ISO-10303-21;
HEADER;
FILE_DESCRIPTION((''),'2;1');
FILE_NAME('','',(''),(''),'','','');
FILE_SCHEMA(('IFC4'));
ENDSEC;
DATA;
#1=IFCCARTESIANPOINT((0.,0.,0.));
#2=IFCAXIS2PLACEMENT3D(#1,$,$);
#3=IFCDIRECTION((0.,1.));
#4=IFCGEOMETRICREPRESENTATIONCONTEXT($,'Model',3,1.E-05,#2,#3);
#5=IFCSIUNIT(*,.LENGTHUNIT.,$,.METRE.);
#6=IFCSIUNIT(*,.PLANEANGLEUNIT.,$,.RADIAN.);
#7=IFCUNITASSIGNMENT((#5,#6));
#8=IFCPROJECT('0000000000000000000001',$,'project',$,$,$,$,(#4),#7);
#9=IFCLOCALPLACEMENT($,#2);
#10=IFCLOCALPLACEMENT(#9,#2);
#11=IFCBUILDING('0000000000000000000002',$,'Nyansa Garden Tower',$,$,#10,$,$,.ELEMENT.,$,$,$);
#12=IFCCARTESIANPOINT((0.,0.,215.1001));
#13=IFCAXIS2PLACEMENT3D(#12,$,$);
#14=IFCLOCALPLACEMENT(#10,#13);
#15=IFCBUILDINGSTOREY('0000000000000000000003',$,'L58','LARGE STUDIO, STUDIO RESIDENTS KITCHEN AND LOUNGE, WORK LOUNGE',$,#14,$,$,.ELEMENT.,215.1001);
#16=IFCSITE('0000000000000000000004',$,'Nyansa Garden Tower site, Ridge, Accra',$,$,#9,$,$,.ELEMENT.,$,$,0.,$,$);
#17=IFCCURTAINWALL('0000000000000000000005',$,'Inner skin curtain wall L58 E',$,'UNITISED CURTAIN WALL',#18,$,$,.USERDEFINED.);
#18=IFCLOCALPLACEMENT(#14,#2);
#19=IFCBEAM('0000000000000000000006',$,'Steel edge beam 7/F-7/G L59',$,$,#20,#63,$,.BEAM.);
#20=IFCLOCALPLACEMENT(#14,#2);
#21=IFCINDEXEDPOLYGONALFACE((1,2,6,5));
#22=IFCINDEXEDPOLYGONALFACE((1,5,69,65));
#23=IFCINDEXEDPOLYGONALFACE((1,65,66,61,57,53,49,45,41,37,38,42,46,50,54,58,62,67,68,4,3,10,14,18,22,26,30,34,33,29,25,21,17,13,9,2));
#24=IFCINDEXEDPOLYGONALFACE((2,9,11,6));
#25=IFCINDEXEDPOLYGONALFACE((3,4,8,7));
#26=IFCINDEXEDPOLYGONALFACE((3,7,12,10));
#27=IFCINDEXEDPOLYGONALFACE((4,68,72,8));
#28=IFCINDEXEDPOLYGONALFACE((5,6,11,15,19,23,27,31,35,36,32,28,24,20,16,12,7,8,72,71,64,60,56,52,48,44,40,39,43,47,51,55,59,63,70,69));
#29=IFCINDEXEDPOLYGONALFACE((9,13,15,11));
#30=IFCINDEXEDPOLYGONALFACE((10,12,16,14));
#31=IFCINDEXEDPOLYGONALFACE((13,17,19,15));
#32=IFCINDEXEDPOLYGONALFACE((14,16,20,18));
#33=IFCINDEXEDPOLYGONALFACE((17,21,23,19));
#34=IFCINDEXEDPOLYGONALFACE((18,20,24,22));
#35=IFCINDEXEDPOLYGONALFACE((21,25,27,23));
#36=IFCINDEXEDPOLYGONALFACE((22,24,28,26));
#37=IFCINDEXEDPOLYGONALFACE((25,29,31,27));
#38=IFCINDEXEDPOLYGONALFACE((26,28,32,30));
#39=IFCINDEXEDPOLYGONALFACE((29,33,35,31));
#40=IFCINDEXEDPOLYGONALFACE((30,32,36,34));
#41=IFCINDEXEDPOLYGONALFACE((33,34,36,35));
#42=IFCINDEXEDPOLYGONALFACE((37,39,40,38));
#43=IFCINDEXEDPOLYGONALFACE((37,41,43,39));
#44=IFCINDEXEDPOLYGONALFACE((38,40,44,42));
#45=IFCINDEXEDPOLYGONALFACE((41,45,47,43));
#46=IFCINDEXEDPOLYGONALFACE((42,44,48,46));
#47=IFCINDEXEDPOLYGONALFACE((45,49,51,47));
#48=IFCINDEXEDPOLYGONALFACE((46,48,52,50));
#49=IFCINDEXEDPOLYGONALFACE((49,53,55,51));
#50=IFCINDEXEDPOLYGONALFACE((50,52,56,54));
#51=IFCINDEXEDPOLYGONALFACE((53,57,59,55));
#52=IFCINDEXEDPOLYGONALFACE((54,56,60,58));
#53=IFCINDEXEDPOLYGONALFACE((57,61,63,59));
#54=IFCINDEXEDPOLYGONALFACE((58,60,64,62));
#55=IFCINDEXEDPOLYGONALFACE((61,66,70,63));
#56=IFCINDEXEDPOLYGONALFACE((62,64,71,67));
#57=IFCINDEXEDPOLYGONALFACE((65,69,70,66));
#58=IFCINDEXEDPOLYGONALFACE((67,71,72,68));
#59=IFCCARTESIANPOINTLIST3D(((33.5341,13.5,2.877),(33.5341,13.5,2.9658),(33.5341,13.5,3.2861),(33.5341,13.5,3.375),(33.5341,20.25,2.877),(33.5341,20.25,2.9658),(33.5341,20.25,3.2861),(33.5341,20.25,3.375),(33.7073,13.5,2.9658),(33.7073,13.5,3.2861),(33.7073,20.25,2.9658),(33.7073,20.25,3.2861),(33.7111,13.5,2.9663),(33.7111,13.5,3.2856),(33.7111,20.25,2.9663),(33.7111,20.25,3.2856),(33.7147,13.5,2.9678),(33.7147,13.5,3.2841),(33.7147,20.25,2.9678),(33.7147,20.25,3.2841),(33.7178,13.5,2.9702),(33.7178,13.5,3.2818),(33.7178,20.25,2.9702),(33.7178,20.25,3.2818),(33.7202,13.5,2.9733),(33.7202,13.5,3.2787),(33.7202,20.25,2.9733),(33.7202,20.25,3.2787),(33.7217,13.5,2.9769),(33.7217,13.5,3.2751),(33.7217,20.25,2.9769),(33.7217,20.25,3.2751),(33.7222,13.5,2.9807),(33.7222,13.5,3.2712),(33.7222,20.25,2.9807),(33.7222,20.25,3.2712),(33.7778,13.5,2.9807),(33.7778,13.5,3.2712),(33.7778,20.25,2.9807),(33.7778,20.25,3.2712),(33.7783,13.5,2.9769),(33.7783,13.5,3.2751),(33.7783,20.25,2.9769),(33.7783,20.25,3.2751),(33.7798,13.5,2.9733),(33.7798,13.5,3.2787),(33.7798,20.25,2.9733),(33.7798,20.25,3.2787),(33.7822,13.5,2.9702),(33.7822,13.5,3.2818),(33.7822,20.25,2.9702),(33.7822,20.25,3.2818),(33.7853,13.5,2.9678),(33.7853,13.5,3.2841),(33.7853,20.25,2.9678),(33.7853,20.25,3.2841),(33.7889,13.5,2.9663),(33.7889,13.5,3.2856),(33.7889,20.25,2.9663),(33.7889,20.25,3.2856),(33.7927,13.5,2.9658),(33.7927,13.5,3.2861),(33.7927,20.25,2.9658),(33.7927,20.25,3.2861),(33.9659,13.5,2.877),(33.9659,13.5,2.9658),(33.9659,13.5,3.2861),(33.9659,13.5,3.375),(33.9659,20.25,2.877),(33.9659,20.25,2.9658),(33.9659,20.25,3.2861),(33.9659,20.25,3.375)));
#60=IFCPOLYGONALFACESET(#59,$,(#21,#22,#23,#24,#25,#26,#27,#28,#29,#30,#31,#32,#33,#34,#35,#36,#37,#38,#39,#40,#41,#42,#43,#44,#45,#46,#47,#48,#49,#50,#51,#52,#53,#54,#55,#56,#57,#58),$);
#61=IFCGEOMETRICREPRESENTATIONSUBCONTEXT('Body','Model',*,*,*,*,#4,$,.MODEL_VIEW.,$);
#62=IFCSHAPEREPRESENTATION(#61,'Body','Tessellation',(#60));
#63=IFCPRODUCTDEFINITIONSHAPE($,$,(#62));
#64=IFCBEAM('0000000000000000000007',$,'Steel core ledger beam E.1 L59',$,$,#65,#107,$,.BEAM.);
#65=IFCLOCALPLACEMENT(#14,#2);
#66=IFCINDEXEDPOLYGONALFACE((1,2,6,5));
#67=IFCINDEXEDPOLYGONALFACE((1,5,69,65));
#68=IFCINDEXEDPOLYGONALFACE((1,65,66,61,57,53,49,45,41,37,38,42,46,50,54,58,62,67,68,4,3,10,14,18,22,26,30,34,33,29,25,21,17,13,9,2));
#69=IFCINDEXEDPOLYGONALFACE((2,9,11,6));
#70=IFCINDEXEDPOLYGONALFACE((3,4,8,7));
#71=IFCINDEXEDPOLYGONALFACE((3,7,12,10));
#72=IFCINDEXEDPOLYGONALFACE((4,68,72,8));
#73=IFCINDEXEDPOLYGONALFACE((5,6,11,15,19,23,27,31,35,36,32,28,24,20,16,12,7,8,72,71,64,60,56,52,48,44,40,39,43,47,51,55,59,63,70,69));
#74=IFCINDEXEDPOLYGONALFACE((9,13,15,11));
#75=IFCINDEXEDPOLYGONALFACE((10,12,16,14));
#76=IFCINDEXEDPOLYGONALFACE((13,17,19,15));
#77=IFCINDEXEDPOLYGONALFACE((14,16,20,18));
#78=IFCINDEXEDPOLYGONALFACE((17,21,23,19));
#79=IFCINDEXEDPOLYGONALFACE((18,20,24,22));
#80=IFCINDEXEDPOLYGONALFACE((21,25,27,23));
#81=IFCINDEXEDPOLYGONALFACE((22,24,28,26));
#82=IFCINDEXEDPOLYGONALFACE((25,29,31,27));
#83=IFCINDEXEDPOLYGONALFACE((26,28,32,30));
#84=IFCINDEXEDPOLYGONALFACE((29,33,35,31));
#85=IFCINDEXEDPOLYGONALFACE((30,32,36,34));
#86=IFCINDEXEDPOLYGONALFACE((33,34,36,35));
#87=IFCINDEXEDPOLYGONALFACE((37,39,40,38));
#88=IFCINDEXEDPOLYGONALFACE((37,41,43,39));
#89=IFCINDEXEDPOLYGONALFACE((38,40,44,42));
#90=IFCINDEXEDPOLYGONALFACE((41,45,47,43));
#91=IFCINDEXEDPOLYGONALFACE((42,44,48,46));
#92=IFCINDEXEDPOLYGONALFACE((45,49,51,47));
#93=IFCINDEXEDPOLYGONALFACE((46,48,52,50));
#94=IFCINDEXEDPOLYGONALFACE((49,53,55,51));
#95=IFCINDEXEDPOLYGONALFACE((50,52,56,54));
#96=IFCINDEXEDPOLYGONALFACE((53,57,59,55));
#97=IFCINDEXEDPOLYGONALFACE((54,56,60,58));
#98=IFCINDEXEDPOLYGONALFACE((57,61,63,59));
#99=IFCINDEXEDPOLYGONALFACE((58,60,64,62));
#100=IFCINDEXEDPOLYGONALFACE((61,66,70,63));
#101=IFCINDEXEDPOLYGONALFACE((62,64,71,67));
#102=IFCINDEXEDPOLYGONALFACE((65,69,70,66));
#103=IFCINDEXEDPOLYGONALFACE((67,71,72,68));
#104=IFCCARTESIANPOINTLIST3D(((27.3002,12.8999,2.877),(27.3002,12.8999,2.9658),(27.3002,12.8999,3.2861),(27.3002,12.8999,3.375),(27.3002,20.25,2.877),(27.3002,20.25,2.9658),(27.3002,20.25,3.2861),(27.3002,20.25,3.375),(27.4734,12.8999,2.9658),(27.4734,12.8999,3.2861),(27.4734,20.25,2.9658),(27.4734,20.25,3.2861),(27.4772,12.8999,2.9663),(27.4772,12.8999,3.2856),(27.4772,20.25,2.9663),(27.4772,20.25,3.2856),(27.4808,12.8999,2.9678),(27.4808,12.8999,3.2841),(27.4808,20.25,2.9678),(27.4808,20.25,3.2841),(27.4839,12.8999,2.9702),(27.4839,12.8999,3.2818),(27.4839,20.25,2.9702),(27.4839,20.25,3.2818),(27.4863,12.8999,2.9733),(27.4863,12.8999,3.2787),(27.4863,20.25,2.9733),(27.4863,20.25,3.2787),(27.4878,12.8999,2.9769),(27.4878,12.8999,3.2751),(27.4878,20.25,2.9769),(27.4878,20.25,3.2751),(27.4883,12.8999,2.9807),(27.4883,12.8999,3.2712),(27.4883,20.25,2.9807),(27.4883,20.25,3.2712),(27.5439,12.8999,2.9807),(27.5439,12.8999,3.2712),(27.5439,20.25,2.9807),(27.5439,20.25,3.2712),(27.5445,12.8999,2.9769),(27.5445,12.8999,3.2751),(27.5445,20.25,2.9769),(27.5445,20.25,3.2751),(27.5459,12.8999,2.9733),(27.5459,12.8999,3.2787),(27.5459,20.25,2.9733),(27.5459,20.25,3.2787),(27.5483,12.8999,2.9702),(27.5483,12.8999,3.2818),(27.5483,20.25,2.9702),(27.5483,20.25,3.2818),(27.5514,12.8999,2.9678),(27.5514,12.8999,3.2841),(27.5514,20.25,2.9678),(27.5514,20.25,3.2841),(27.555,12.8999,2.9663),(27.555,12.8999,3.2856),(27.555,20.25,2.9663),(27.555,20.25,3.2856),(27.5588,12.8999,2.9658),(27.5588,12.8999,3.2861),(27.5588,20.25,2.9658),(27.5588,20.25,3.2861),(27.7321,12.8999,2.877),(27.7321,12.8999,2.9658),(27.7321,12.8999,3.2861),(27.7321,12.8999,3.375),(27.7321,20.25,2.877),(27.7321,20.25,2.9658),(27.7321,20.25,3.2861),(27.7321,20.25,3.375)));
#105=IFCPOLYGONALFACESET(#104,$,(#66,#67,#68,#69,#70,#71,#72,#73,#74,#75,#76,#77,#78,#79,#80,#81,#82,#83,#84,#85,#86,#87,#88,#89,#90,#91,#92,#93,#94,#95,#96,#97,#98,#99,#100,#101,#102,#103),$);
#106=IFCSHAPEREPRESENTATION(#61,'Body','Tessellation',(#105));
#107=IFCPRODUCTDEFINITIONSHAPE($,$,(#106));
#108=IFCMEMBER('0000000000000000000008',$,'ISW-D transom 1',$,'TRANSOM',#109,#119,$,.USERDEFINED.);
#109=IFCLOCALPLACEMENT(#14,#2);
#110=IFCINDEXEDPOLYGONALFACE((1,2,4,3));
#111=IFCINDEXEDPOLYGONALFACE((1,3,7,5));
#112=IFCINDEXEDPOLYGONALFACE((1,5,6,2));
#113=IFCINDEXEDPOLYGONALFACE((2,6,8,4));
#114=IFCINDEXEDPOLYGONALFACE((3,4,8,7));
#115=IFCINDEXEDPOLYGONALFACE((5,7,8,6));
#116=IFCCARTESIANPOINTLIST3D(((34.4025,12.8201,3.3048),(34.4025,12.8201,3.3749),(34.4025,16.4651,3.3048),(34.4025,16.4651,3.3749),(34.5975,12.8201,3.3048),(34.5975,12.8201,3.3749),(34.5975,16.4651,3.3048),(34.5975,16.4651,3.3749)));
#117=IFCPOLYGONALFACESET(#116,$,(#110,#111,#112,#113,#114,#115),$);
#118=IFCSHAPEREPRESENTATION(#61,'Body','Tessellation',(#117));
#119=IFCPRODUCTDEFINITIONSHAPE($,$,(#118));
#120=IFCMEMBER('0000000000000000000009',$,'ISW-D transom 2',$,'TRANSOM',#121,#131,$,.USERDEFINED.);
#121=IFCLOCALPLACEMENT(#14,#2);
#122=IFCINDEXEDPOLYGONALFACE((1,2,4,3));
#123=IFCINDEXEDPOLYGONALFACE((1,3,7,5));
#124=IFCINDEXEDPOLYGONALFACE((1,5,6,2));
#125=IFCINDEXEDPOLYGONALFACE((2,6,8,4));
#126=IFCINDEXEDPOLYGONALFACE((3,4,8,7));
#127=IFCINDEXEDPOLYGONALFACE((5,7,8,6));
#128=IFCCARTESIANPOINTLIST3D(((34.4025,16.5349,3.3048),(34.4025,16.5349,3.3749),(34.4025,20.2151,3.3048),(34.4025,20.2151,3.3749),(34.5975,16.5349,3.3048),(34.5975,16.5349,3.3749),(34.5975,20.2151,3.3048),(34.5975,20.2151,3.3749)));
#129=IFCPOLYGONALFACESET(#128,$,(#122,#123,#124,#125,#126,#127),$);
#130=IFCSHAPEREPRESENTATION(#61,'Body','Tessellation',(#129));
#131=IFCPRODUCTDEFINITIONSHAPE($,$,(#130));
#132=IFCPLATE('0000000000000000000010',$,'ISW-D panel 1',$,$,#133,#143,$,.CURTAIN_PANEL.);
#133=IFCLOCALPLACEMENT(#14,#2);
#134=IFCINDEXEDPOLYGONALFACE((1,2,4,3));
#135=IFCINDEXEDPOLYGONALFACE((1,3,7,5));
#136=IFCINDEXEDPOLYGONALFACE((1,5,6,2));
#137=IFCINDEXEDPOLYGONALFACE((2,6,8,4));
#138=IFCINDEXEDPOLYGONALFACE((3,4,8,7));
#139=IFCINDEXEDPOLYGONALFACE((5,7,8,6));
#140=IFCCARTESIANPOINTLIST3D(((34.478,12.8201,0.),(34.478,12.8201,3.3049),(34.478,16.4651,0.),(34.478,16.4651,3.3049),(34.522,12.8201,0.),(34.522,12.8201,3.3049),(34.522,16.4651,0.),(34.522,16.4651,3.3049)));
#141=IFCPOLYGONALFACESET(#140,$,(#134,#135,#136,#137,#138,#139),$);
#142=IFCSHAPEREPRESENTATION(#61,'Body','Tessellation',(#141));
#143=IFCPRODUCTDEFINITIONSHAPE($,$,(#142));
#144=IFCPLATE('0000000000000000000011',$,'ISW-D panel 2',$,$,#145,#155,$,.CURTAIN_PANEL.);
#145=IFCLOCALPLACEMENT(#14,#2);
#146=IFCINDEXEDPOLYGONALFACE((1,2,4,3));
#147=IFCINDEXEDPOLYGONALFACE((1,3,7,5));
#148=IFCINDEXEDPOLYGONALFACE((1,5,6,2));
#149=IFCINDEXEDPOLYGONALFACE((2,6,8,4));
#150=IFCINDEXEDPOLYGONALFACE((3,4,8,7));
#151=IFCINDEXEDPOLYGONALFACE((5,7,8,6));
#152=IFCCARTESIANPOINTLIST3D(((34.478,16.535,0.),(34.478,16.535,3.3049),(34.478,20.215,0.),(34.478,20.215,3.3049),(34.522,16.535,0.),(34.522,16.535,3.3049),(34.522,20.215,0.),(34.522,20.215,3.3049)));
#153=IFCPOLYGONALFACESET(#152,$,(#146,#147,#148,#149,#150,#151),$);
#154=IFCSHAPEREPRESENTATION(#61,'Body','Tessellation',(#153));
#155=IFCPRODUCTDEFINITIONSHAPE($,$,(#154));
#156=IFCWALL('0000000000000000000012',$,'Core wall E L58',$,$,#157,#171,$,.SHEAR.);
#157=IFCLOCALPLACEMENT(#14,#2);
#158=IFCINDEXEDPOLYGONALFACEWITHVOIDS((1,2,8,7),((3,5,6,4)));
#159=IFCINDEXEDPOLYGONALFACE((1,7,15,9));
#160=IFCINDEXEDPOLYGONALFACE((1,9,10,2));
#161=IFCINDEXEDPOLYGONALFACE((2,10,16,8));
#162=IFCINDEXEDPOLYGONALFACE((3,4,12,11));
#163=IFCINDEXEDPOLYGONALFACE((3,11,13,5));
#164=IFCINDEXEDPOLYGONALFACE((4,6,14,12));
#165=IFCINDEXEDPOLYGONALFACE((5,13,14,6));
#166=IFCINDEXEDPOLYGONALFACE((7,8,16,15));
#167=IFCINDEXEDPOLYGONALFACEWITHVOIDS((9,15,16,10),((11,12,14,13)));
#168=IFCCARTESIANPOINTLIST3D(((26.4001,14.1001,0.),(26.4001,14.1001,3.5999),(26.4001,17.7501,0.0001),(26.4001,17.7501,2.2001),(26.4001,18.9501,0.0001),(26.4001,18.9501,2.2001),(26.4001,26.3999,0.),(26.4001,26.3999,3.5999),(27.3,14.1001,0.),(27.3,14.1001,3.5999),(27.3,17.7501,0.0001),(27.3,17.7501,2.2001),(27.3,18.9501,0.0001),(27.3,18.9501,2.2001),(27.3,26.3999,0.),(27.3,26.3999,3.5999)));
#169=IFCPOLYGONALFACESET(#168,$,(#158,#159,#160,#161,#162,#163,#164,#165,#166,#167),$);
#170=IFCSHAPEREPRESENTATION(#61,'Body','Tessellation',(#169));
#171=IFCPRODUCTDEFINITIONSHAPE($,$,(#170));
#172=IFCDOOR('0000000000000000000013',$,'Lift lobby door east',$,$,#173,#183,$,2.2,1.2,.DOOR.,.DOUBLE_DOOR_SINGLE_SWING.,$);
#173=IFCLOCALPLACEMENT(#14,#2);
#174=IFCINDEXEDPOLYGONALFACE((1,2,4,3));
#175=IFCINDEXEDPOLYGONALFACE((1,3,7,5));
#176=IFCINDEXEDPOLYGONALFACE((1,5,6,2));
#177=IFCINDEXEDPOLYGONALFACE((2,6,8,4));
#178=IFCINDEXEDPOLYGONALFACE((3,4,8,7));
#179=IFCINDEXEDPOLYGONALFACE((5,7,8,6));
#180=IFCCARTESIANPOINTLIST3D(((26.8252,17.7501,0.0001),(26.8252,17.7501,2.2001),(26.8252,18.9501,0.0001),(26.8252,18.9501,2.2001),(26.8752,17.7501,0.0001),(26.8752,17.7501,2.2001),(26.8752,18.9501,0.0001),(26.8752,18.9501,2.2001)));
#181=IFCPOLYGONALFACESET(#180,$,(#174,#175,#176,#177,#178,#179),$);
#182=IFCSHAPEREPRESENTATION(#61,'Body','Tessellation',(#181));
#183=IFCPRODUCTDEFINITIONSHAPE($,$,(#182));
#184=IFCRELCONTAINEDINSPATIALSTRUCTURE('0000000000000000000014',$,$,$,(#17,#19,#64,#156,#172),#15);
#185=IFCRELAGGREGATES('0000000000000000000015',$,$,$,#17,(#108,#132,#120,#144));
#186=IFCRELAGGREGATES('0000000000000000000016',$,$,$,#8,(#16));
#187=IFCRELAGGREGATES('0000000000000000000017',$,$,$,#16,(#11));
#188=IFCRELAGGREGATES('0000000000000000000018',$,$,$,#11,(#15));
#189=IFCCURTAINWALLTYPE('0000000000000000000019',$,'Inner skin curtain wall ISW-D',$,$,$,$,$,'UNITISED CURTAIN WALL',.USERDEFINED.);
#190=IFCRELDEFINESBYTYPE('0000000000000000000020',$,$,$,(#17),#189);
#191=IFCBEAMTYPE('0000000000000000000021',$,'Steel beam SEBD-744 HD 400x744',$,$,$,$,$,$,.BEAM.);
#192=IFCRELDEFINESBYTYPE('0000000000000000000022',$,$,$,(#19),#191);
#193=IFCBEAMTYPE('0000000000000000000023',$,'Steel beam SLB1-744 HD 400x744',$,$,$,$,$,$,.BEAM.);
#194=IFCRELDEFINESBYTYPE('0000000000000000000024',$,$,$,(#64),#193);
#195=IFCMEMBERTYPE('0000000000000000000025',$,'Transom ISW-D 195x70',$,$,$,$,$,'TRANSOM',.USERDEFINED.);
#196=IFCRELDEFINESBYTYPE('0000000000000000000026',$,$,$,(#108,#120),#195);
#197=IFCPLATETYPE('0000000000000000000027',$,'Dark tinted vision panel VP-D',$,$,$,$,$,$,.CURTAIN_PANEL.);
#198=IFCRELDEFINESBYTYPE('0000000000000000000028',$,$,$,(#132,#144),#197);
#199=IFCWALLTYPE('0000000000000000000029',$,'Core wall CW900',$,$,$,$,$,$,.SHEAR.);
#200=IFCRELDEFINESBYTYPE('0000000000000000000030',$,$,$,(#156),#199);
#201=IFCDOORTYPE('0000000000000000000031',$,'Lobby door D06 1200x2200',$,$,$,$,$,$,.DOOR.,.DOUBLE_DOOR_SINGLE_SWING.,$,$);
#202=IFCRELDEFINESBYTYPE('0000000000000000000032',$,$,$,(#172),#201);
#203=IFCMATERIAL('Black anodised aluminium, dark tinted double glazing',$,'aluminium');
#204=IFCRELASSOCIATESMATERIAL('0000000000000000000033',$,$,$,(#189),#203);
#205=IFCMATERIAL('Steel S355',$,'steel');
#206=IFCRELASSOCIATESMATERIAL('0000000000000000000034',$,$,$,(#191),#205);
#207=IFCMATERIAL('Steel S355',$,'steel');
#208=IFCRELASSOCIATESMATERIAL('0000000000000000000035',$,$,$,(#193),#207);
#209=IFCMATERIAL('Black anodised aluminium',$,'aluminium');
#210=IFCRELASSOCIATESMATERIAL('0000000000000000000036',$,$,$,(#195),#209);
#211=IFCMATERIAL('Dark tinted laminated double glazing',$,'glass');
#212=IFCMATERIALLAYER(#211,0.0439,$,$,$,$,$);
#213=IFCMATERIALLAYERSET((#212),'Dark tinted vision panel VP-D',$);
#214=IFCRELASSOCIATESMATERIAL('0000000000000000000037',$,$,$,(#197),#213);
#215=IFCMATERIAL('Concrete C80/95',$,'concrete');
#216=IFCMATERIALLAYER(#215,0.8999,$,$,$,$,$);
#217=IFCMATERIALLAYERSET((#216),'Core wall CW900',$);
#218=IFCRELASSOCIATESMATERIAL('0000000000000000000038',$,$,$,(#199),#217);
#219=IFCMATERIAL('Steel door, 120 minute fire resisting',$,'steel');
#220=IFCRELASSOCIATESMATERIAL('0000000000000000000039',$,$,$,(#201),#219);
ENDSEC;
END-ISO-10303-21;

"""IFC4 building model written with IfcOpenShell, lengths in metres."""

from ifc_helpers import new_model, si_unit, direction, frame, frame_2d, origin, origin_2d, place, context, subcontext, project, spatial, rectangle, i_section, extrude, material, layer, layer_set, material_profile, profile_set, type_object, element, fill, aggregate, save


model = new_model("IFC4")

# Units and contexts
model_context = context("Model", 3, precision=1e-05, world=origin(), true_north=direction((0.0, 1.0)))
body_context = subcontext(model_context, "Body", "Model", "MODEL_VIEW")
ifc_project = project(units=[si_unit("LENGTHUNIT", "METRE"), si_unit("PLANEANGLEUNIT", "RADIAN")], contexts=[model_context])

# Site, building, storey
site_placement = place(None, origin())
site = spatial("IfcSite", under=ifc_project, at=site_placement, Name="Nyansa Garden Tower site, Ridge, Accra", CompositionType="ELEMENT", RefElevation=0.0)
building_placement = place(site_placement, origin())
building = spatial("IfcBuilding", under=site, at=building_placement, Name="Nyansa Garden Tower", CompositionType="ELEMENT")
storey_placement = place(building_placement, frame((0.0, 0.0, 215.1001)))
storey = spatial("IfcBuildingStorey", under=building, at=storey_placement, Name="L58", Description="LARGE STUDIO, STUDIO RESIDENTS KITCHEN AND LOUNGE, WORK LOUNGE", CompositionType="ELEMENT", Elevation=215.1001)

# Curtain wall
ifc_material_1 = material(Name="Black anodised aluminium, dark tinted double glazing", Category="aluminium")
curtain_wall_type = type_object("IfcCurtainWallType", Name="Inner skin curtain wall ISW-D", ElementType="UNITISED CURTAIN WALL", PredefinedType="USERDEFINED", material=ifc_material_1)
curtain_wall_placement = place(storey_placement, origin())
curtain_wall = element("IfcCurtainWall", 1, at=curtain_wall_placement, inside=storey, type_object=curtain_wall_type, Name="Inner skin curtain wall L58 E", ObjectType="UNITISED CURTAIN WALL", PredefinedType="USERDEFINED")

# Beams
ifc_material_2 = material(Name="Steel S355", Category="steel")
ifc_material_profile_1 = material_profile(ifc_material_2, i_section(OverallWidth=0.4319, OverallDepth=0.498, WebThickness=0.0557, FlangeThickness=0.0889, FilletRadius=0.0149, at=origin_2d()), Name="HD 400x744")
ifc_profile_set_1 = profile_set([ifc_material_profile_1], Name="Steel S355")
beam_type_1 = type_object("IfcBeamType", Name="Steel beam SEBD-744 HD 400x744", PredefinedType="BEAM", material=ifc_profile_set_1)
beam_1_placement = place(storey_placement, frame((33.75, 13.5, 3.126), z_axis=(0.0, 1.0, 0.0), x_axis=(-1.0, 0.0, 0.0)))
element("IfcBeam", 2, at=beam_1_placement, inside=storey, type_object=beam_type_1, Name="Steel edge beam 7/F-7/G L59", PredefinedType="BEAM", context=body_context, shape_type="SweptSolid", body=[
    extrude(i_section(OverallWidth=0.4319, OverallDepth=0.498, WebThickness=0.0557, FlangeThickness=0.0889, FilletRadius=0.0149, at=origin_2d()), origin(), (0.0, 0.0, 1.0), 6.75),
])
ifc_material_3 = material(Name="Steel S355", Category="steel")
ifc_material_profile_2 = material_profile(ifc_material_3, i_section(OverallWidth=0.4319, OverallDepth=0.498, WebThickness=0.0557, FlangeThickness=0.0889, FilletRadius=0.0149, at=origin_2d()), Name="HD 400x744")
ifc_profile_set_2 = profile_set([ifc_material_profile_2], Name="Steel S355")
beam_type_2 = type_object("IfcBeamType", Name="Steel beam SLB1-744 HD 400x744", PredefinedType="BEAM", material=ifc_profile_set_2)
beam_2_placement = place(storey_placement, frame((27.5161, 12.8999, 3.126), z_axis=(0.0, 1.0, 0.0), x_axis=(-1.0, 0.0, 0.0)))
element("IfcBeam", 3, at=beam_2_placement, inside=storey, type_object=beam_type_2, Name="Steel core ledger beam E.1 L59", PredefinedType="BEAM", context=body_context, shape_type="SweptSolid", body=[
    extrude(i_section(OverallWidth=0.4319, OverallDepth=0.498, WebThickness=0.0557, FlangeThickness=0.0889, FilletRadius=0.0149, at=origin_2d()), origin(), (0.0, 0.0, 1.0), 7.3501),
])

# Members
ifc_material_4 = material(Name="Black anodised aluminium", Category="aluminium")
ifc_material_profile_3 = material_profile(ifc_material_4, rectangle(XDim=0.1951, YDim=0.0701, at=origin_2d()), Name="Transom 195x70")
ifc_profile_set_3 = profile_set([ifc_material_profile_3], Name="Black anodised aluminium")
member_type_1 = type_object("IfcMemberType", Name="Transom ISW-D 195x70", ElementType="TRANSOM", PredefinedType="USERDEFINED", material=ifc_profile_set_3)
member_1_placement = place(storey_placement, frame((34.5, 12.8201, 3.3398), z_axis=(0.0, 1.0, 0.0), x_axis=(-1.0, 0.0, 0.0)))
member_1 = element("IfcMember", 4, at=member_1_placement, type_object=member_type_1, Name="ISW-D transom 1", ObjectType="TRANSOM", PredefinedType="USERDEFINED", context=body_context, shape_type="SweptSolid", body=[
    extrude(rectangle(XDim=0.1951, YDim=0.0701, at=origin_2d()), origin(), (0.0, 0.0, 1.0), 3.645),
])
member_2_placement = place(storey_placement, frame((34.5, 16.5349, 3.3398), z_axis=(0.0, 1.0, 0.0), x_axis=(-1.0, 0.0, 0.0)))
member_2 = element("IfcMember", 5, at=member_2_placement, type_object=member_type_1, Name="ISW-D transom 2", ObjectType="TRANSOM", PredefinedType="USERDEFINED", context=body_context, shape_type="SweptSolid", body=[
    extrude(rectangle(XDim=0.1951, YDim=0.0701, at=origin_2d()), origin(), (0.0, 0.0, 1.0), 3.6802),
])

# Plates
ifc_material_5 = material(Name="Dark tinted laminated double glazing", Category="glass")
ifc_layer_1 = layer(ifc_material_5, 0.0439)
ifc_layer_set_1 = layer_set([ifc_layer_1], Name="Dark tinted vision panel VP-D")
plate_type = type_object("IfcPlateType", Name="Dark tinted vision panel VP-D", PredefinedType="CURTAIN_PANEL", material=ifc_layer_set_1)
plate_1_placement = place(storey_placement, frame((34.5, 14.6426, 0.0), z_axis=(0.0, 0.0, 1.0), x_axis=(0.0, 1.0, 0.0)))
plate_1 = element("IfcPlate", 6, at=plate_1_placement, type_object=plate_type, Name="ISW-D panel 1", PredefinedType="CURTAIN_PANEL", context=body_context, shape_type="SweptSolid", body=[
    extrude(rectangle(XDim=3.645, YDim=0.0439, at=origin_2d()), origin(), (0.0, 0.0, 1.0), 3.3049),
])
plate_2_placement = place(storey_placement, frame((34.5, 18.375, 0.0), z_axis=(0.0, 0.0, 1.0), x_axis=(0.0, 1.0, 0.0)))
plate_2 = element("IfcPlate", 7, at=plate_2_placement, type_object=plate_type, Name="ISW-D panel 2", PredefinedType="CURTAIN_PANEL", context=body_context, shape_type="SweptSolid", body=[
    extrude(rectangle(XDim=3.6799, YDim=0.0439, at=origin_2d()), origin(), (0.0, 0.0, 1.0), 3.3049),
])
aggregate(curtain_wall, [member_1, plate_1, member_2, plate_2])

# Wall, opening, door
ifc_material_6 = material(Name="Concrete C80/95", Category="concrete")
ifc_layer_2 = layer(ifc_material_6, 0.8999)
ifc_layer_set_2 = layer_set([ifc_layer_2], Name="Core wall CW900")
wall_type_1 = type_object("IfcWallType", Name="Core wall CW900", PredefinedType="SHEAR", material=ifc_layer_set_2)
wall_1_placement = place(storey_placement, frame((26.8501, 14.1001, 0.0), z_axis=(0.0, 0.0, 1.0), x_axis=(0.0, 1.0, 0.0)))
wall_1 = element("IfcWall", 8, at=wall_1_placement, inside=storey, type_object=wall_type_1, Name="Core wall E L58", PredefinedType="SHEAR", context=body_context, shape_type="SweptSolid", body=[
    extrude(rectangle(XDim=12.2998, YDim=0.8999, at=frame_2d((6.1499, 0.0))), origin(), (0.0, 0.0, 1.0), 3.5999),
])
opening_1_placement = place(wall_1_placement, frame((3.6499, 0.0, 0.0)))
opening_1 = element("IfcOpeningElement", 9, at=opening_1_placement, cuts=wall_1, PredefinedType="OPENING", context=body_context, shape_type="SweptSolid", body=[
    extrude(rectangle(XDim=1.2, YDim=2.2, at=frame_2d((0.6001, 1.1001))), frame((0.0, 0.46, 0.0), z_axis=(0.0, -1.0, 0.0), x_axis=(1.0, 0.0, 0.0)), (0.0, 0.0, 1.0), 0.9199),
])
ifc_material_7 = material(Name="Steel door, 120 minute fire resisting", Category="steel")
door_type = type_object("IfcDoorType", Name="Lobby door D06 1200x2200", OperationType="DOUBLE_DOOR_SINGLE_SWING", PredefinedType="DOOR", material=ifc_material_7)
door_placement = place(opening_1_placement, origin())
door = element("IfcDoor", 10, at=door_placement, inside=storey, type_object=door_type, Name="Lift lobby door east", OperationType="DOUBLE_DOOR_SINGLE_SWING", OverallHeight=2.2, OverallWidth=1.2, PredefinedType="DOOR", context=body_context, shape_type="SweptSolid", body=[
    extrude(rectangle(XDim=1.2, YDim=2.2, at=frame_2d((0.6001, 1.1001))), frame((0.0, 0.0249, 0.0), z_axis=(0.0, -1.0, 0.0), x_axis=(1.0, 0.0, 0.0)), (0.0, 0.0, 1.0), 0.05),
])
fill(opening_1, door)

save(model, "model.ifc")
